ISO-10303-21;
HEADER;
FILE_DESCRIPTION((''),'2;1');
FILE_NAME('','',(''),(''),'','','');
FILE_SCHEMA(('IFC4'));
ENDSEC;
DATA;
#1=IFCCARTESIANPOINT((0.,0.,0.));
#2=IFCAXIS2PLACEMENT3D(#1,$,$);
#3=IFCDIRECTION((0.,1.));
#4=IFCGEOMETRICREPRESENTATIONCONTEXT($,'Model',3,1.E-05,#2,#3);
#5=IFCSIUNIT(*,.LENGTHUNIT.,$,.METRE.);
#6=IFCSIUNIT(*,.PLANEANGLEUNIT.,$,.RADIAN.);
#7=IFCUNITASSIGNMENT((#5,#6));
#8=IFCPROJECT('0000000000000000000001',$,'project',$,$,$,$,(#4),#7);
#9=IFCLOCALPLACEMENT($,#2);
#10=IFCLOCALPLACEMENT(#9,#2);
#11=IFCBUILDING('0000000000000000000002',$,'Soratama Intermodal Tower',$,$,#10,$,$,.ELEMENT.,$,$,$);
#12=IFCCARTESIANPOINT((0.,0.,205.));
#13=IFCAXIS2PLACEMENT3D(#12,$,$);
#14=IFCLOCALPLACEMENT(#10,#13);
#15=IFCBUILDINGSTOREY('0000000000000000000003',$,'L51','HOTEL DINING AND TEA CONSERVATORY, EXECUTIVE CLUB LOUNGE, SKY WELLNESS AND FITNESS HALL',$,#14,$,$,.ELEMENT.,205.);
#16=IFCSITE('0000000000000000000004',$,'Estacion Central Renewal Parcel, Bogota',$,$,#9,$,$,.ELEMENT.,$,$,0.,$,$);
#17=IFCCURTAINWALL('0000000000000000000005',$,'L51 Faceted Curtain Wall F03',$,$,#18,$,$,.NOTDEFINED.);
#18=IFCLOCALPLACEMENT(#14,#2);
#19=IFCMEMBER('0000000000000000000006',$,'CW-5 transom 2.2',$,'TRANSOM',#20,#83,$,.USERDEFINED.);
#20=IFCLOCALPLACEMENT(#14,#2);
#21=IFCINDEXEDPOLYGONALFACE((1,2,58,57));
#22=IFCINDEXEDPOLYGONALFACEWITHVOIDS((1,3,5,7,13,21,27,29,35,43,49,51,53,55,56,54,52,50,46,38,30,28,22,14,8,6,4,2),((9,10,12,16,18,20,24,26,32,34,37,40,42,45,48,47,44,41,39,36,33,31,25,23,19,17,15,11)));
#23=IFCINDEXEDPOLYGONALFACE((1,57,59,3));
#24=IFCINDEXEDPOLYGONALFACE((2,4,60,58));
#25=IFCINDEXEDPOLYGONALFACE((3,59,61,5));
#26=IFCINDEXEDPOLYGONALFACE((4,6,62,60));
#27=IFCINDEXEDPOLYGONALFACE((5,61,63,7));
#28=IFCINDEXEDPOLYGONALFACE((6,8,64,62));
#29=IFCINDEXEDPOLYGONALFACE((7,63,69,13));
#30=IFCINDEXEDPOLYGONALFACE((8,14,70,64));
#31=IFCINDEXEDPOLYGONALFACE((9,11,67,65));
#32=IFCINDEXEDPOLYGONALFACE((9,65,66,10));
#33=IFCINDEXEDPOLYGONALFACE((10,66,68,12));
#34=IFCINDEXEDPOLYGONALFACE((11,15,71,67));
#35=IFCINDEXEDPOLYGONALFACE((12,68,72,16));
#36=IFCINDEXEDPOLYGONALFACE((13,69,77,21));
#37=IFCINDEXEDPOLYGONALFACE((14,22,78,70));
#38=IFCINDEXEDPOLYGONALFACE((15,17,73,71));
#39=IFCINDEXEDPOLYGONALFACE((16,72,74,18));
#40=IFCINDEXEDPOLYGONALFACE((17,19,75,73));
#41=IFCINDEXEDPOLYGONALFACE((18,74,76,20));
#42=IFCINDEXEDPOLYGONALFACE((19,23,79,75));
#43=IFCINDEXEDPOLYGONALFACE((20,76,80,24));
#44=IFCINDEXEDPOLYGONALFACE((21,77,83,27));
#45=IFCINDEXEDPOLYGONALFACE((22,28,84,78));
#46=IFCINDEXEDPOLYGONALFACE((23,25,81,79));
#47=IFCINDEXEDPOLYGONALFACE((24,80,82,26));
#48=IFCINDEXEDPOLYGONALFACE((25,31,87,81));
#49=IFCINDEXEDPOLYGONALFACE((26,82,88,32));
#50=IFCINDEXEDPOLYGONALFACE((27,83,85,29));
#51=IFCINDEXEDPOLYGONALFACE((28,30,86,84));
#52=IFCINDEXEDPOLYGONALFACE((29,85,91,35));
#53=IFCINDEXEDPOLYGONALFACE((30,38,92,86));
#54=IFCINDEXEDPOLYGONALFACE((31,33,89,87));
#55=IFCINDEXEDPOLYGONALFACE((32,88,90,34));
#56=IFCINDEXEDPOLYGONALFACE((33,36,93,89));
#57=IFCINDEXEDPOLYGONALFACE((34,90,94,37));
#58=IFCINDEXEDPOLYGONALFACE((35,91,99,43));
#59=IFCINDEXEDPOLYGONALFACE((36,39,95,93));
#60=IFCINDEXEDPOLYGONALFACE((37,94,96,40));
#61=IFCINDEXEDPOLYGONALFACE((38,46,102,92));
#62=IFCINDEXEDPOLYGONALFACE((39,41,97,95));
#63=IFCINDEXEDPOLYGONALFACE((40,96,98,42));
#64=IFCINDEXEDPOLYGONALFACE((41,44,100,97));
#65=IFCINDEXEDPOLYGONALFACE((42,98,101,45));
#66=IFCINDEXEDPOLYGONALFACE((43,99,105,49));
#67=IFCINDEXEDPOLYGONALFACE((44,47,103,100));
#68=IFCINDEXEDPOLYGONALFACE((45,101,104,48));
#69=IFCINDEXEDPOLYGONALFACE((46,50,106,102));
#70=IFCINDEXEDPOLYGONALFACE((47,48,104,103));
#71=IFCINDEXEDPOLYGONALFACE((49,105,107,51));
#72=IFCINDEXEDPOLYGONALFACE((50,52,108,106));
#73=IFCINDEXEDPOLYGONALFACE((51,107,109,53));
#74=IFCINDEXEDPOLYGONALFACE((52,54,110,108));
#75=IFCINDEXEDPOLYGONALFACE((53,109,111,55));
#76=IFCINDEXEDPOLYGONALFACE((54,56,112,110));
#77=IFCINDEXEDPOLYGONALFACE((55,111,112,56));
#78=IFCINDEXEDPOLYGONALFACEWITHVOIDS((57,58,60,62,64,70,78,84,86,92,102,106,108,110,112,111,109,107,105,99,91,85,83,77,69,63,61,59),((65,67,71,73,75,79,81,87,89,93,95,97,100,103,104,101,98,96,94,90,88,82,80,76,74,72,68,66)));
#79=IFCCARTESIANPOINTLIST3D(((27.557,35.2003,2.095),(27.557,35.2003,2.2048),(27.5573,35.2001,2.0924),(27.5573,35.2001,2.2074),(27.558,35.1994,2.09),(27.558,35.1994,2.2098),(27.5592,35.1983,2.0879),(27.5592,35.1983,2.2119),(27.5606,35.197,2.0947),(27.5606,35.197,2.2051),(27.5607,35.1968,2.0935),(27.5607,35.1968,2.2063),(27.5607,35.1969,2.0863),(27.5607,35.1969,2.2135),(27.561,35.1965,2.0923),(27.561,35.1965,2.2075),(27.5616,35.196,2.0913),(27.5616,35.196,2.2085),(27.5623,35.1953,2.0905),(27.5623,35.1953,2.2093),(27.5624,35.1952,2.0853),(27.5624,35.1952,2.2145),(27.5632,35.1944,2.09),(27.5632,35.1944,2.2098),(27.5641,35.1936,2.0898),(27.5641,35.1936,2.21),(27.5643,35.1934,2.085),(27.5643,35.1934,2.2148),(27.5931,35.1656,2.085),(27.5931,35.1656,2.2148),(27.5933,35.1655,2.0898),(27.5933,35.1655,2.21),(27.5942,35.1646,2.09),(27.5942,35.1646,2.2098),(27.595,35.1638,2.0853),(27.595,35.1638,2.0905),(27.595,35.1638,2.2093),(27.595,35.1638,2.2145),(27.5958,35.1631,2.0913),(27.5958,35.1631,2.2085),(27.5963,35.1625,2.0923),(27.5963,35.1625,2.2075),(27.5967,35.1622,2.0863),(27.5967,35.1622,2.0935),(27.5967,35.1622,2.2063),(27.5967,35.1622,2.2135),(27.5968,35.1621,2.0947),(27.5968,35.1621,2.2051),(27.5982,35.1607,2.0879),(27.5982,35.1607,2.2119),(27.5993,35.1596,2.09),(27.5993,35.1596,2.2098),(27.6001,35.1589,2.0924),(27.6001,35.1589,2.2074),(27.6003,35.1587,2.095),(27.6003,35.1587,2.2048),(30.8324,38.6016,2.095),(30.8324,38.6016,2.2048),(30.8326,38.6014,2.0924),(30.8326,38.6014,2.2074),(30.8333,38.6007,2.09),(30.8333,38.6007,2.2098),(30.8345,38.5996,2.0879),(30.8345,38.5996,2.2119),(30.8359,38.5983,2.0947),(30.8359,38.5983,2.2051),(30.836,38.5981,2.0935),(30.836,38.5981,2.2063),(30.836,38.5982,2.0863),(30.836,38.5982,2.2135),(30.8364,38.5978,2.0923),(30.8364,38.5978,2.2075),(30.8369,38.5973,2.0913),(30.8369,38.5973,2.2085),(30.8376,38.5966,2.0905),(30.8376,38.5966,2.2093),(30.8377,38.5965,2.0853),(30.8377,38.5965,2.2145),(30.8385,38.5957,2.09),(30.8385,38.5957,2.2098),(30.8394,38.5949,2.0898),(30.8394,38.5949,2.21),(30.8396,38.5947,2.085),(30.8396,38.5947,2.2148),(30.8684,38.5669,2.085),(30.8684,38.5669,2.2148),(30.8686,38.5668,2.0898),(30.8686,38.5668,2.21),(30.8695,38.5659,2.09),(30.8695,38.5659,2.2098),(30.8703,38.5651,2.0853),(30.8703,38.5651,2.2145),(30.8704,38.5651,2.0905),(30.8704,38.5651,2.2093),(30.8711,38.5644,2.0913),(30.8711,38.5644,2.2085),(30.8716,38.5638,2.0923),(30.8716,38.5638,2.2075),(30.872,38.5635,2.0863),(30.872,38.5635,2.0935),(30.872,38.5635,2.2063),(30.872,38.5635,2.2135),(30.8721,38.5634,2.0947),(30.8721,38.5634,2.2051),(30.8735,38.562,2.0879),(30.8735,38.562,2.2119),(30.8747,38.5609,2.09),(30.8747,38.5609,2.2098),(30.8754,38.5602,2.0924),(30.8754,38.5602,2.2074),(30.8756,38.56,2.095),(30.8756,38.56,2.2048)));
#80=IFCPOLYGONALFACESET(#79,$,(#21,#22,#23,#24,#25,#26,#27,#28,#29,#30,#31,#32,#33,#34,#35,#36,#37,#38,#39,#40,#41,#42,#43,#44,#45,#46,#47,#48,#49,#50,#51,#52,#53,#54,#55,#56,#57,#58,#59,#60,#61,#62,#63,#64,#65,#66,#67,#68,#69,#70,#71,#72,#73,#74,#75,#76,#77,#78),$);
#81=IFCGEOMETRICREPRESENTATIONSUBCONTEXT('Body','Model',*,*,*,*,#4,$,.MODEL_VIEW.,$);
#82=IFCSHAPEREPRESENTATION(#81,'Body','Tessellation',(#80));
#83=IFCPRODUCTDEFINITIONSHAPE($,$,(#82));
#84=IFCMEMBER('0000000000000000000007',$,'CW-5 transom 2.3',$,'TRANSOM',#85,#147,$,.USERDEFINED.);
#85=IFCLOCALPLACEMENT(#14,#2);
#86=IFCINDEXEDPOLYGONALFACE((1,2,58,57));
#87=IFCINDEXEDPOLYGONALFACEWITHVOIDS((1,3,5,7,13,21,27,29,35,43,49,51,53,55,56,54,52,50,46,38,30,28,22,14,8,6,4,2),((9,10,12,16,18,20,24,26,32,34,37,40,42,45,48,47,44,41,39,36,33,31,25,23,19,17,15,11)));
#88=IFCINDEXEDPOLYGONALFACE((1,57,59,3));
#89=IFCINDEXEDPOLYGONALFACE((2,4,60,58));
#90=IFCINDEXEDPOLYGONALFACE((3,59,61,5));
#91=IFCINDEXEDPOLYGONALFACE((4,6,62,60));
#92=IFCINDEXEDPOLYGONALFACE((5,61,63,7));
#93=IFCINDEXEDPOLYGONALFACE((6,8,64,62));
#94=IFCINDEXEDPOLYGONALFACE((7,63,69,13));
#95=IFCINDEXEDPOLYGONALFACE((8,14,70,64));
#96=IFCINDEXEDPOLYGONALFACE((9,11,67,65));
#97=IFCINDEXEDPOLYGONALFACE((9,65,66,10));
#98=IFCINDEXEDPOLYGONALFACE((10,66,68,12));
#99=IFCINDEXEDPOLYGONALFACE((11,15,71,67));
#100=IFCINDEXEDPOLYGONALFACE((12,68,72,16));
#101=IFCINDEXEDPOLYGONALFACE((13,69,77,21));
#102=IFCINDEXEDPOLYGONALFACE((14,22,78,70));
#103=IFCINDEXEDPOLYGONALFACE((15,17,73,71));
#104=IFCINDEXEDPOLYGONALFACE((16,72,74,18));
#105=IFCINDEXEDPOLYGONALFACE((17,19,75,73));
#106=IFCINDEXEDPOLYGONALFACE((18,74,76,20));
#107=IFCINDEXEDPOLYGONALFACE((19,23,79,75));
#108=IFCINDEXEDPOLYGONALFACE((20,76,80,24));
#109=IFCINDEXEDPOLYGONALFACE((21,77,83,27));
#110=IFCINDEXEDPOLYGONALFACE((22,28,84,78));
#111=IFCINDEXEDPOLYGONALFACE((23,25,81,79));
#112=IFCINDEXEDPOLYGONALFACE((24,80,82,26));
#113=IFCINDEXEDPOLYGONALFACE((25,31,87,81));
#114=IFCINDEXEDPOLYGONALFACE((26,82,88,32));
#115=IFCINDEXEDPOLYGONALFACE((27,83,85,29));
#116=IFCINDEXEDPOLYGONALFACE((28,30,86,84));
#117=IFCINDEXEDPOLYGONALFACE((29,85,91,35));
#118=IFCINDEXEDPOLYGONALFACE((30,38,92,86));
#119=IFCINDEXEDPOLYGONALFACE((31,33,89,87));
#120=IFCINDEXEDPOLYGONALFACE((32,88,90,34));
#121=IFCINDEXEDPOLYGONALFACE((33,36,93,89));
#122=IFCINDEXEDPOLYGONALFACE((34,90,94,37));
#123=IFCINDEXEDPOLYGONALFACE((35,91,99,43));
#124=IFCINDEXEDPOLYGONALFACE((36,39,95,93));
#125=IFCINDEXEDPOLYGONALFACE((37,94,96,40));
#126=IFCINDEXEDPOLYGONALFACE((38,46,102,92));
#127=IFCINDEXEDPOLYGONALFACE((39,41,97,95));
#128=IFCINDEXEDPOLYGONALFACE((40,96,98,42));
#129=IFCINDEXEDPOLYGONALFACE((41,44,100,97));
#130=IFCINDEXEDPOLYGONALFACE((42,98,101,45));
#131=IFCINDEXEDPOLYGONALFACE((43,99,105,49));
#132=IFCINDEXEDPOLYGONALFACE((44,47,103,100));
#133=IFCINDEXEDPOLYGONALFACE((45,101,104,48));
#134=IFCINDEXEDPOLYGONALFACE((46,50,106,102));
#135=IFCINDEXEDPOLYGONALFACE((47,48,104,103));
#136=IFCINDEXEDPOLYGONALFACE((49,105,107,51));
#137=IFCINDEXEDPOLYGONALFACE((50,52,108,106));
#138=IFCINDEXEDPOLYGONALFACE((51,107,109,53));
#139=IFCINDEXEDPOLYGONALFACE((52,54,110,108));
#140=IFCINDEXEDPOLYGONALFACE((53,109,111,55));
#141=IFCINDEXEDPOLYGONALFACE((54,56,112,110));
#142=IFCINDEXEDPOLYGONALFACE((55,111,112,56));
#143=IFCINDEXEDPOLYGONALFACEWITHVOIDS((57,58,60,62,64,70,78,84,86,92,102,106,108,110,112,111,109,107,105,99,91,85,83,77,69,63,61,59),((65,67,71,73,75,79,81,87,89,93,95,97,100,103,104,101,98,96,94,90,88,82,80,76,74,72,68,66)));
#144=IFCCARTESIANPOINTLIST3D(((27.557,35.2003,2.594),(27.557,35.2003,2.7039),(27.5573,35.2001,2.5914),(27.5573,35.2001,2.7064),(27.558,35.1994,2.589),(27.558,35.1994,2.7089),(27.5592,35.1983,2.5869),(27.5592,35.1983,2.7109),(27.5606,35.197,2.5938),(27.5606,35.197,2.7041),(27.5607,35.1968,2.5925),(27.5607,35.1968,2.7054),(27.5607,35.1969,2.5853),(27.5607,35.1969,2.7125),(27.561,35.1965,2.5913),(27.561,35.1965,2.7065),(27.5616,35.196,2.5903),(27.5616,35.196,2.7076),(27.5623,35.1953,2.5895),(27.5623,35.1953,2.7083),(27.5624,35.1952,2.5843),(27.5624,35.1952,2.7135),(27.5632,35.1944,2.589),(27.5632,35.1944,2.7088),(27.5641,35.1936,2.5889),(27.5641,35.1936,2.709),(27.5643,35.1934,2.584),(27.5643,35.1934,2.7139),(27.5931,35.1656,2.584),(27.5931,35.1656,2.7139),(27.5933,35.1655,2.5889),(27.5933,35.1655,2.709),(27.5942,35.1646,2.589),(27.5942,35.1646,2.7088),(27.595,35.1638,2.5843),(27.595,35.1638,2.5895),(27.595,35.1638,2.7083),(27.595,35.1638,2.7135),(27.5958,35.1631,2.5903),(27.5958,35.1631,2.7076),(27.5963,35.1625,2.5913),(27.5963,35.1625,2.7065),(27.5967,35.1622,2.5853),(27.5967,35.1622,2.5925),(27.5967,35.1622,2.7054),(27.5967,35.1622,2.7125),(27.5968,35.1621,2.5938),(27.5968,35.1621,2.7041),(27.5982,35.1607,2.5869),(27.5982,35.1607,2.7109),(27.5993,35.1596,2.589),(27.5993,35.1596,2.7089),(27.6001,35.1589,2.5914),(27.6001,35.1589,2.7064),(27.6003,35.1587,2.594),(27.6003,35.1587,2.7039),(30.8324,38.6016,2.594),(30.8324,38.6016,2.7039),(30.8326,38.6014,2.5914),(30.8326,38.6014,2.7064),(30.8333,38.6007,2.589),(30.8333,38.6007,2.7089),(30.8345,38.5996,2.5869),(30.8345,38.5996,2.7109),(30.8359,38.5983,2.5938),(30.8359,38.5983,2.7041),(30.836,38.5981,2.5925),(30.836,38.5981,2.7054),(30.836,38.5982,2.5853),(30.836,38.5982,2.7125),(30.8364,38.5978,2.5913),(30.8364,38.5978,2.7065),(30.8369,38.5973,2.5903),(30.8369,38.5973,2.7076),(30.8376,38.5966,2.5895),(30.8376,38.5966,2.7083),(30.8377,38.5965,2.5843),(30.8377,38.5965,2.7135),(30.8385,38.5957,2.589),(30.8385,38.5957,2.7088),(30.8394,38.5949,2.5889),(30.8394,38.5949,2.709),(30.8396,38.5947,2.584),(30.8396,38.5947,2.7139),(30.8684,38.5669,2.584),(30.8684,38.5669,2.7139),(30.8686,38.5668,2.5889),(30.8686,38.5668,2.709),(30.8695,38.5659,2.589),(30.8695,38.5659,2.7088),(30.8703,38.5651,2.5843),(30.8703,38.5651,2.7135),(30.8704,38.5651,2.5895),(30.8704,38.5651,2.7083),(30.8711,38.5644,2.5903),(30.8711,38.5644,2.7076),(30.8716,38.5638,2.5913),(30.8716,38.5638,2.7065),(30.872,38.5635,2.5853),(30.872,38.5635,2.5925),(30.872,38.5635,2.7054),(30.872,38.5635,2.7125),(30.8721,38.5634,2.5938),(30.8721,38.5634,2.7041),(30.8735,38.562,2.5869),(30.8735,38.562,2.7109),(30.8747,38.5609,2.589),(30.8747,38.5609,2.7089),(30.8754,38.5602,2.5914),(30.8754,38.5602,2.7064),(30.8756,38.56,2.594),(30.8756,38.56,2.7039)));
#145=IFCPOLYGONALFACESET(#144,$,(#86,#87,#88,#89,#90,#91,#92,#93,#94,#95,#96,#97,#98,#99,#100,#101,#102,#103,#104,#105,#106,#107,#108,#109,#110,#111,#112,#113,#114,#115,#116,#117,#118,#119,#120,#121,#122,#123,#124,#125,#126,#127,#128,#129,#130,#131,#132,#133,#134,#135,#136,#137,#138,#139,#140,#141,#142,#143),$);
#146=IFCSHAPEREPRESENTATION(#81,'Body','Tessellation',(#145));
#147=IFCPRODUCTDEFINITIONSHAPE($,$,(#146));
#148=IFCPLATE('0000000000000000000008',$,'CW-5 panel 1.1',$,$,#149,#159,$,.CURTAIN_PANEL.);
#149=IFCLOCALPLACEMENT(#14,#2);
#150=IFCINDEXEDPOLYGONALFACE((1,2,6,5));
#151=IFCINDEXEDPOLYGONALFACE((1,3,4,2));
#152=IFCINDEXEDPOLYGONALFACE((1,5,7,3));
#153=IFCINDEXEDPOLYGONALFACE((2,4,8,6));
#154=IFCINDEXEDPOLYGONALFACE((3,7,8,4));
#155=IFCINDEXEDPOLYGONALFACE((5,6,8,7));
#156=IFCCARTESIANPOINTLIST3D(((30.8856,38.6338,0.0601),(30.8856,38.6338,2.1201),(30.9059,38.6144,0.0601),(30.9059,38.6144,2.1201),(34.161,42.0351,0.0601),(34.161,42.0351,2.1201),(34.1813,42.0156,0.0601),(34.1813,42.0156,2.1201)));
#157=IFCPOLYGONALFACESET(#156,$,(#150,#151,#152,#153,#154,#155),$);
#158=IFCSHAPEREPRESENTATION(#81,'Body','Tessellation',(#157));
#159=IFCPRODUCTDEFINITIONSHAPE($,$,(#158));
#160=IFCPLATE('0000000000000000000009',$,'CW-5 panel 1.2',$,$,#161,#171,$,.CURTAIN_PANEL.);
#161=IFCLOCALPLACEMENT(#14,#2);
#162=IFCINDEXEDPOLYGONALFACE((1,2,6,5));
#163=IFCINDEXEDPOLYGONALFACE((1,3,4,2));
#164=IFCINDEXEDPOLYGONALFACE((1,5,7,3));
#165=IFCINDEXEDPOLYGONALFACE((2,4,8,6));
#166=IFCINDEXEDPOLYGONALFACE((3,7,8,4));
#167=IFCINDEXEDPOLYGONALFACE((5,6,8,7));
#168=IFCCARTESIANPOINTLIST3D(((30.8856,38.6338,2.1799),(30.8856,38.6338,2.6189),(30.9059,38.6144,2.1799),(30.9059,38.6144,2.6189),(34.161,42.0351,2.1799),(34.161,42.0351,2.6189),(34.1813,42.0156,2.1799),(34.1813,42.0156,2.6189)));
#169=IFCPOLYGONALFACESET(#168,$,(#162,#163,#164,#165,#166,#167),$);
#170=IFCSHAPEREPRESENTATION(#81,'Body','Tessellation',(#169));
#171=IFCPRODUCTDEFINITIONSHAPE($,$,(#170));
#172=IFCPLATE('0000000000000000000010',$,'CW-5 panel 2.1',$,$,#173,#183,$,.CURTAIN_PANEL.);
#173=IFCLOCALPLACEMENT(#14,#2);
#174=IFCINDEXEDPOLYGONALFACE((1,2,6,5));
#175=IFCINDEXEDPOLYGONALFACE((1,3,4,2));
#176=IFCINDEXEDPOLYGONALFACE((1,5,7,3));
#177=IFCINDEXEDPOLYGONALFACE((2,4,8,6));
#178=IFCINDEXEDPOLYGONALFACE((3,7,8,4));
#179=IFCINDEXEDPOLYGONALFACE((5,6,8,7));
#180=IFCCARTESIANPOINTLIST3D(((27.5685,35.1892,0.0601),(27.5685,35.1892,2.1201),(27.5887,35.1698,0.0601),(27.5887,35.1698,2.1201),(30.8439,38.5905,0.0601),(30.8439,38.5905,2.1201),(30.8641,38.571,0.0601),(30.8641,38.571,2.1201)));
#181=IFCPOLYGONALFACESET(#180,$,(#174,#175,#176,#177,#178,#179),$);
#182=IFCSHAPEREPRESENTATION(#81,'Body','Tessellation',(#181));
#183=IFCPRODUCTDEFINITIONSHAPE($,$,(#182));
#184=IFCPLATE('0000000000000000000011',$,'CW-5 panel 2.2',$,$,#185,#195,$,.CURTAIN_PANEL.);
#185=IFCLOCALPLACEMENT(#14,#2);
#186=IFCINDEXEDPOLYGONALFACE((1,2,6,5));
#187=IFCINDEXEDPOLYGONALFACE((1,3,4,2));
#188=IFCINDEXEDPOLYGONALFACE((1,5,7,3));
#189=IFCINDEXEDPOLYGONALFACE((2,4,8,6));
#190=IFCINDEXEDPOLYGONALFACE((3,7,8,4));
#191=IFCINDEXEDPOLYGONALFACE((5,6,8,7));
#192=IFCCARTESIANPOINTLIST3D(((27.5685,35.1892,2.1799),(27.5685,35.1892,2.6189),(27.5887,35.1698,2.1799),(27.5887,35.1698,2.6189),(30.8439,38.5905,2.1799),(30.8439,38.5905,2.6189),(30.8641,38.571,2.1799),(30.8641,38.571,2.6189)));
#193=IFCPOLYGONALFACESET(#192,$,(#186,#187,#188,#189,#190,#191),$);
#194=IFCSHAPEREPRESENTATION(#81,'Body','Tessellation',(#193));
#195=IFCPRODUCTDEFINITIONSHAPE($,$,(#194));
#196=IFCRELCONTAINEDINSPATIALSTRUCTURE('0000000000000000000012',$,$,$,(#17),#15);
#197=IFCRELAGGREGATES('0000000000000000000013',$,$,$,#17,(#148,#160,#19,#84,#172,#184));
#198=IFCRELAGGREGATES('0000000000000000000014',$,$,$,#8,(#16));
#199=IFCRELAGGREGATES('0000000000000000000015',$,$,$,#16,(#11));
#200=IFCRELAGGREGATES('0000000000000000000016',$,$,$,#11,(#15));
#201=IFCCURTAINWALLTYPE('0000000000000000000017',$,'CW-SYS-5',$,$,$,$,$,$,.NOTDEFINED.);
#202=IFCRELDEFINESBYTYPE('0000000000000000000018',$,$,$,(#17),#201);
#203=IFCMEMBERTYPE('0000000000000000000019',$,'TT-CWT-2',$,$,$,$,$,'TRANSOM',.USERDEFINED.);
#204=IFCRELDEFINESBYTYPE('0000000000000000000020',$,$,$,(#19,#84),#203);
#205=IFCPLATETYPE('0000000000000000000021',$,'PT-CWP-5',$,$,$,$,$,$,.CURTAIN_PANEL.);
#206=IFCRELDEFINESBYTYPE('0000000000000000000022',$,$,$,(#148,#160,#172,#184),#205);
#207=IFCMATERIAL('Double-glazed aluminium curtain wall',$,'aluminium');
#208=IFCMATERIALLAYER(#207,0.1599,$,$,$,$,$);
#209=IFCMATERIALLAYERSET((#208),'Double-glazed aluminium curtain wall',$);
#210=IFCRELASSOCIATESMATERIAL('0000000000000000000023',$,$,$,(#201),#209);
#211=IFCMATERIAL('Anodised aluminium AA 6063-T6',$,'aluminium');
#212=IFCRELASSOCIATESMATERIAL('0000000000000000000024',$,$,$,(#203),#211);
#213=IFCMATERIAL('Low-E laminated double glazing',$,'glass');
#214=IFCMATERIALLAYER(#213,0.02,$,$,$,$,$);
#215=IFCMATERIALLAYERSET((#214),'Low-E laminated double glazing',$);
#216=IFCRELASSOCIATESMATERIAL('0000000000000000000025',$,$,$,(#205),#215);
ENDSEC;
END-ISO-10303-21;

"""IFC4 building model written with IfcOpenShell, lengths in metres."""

from ifc_helpers import new_model, si_unit, direction, frame, origin, origin_2d, place, context, subcontext, project, spatial, rectangle, hollow_rectangle, extrude, material, layer, layer_set, material_profile, profile_set, type_object, element, aggregate, save


model = new_model("IFC4")

# Units and contexts
model_context = context("Model", 3, precision=1e-05, world=origin(), true_north=direction((0.0, 1.0)))
body_context = subcontext(model_context, "Body", "Model", "MODEL_VIEW")
ifc_project = project(units=[si_unit("LENGTHUNIT", "METRE"), si_unit("PLANEANGLEUNIT", "RADIAN")], contexts=[model_context])

# Site, building, storey
site_placement = place(None, origin())
site = spatial("IfcSite", under=ifc_project, at=site_placement, Name="Estacion Central Renewal Parcel, Bogota", CompositionType="ELEMENT", RefElevation=0.0)
building_placement = place(site_placement, origin())
building = spatial("IfcBuilding", under=site, at=building_placement, Name="Soratama Intermodal Tower", CompositionType="ELEMENT")
storey_placement = place(building_placement, frame((0.0, 0.0, 205.0)))
storey = spatial("IfcBuildingStorey", under=building, at=storey_placement, Name="L51", Description="HOTEL DINING AND TEA CONSERVATORY, EXECUTIVE CLUB LOUNGE, SKY WELLNESS AND FITNESS HALL", CompositionType="ELEMENT", Elevation=205.0)

# Curtain wall, members, plates
ifc_material_1 = material(Name="Double-glazed aluminium curtain wall", Category="aluminium")
ifc_layer_1 = layer(ifc_material_1, 0.1599)
ifc_layer_set_1 = layer_set([ifc_layer_1], Name="Double-glazed aluminium curtain wall")
curtain_wall_type = type_object("IfcCurtainWallType", Name="CW-SYS-5", PredefinedType="NOTDEFINED", material=ifc_layer_set_1)
curtain_wall_placement = place(storey_placement, origin())
curtain_wall = element("IfcCurtainWall", 1, at=curtain_wall_placement, inside=storey, type_object=curtain_wall_type, Name="L51 Faceted Curtain Wall F03", PredefinedType="NOTDEFINED")
ifc_material_2 = material(Name="Anodised aluminium AA 6063-T6", Category="aluminium")
ifc_material_profile_1 = material_profile(ifc_material_2, hollow_rectangle(XDim=0.0601, YDim=0.1299, WallThickness=0.0049, InnerFilletRadius=0.0049, OuterFilletRadius=0.01, at=origin_2d()), Name="CWT130X60X5")
ifc_profile_set_1 = profile_set([ifc_material_profile_1], Name="Anodised aluminium AA 6063-T6")
member_type_1 = type_object("IfcMemberType", Name="TT-CWT-2", ElementType="TRANSOM", PredefinedType="USERDEFINED", material=ifc_profile_set_1)
member_1_placement = place(storey_placement, frame((30.854, 38.5808, 2.1499), z_axis=(-0.693642, -0.72032, 0.0), x_axis=(0.72032, -0.693642, 0.0)))
member_1 = element("IfcMember", 2, at=member_1_placement, type_object=member_type_1, Name="CW-5 transom 2.2", ObjectType="TRANSOM", PredefinedType="USERDEFINED", context=body_context, shape_type="SweptSolid", body=[
    extrude(hollow_rectangle(XDim=0.0601, YDim=0.1299, WallThickness=0.0049, InnerFilletRadius=0.0049, OuterFilletRadius=0.01, at=origin_2d()), origin(), (0.0, 0.0, 1.0), 4.7219),
])
member_2_placement = place(storey_placement, frame((30.854, 38.5808, 2.6489), z_axis=(-0.693642, -0.72032, 0.0), x_axis=(0.72032, -0.693642, 0.0)))
member_2 = element("IfcMember", 3, at=member_2_placement, type_object=member_type_1, Name="CW-5 transom 2.3", ObjectType="TRANSOM", PredefinedType="USERDEFINED", context=body_context, shape_type="SweptSolid", body=[
    extrude(hollow_rectangle(XDim=0.0601, YDim=0.1299, WallThickness=0.0049, InnerFilletRadius=0.0049, OuterFilletRadius=0.01, at=origin_2d()), origin(), (0.0, 0.0, 1.0), 4.7219),
])
ifc_material_3 = material(Name="Low-E laminated double glazing", Category="glass")
ifc_layer_2 = layer(ifc_material_3, 0.02)
ifc_layer_set_2 = layer_set([ifc_layer_2], Name="Low-E laminated double glazing")
plate_type = type_object("IfcPlateType", Name="PT-CWP-5", PredefinedType="CURTAIN_PANEL", material=ifc_layer_set_2)
plate_1_placement = place(storey_placement, frame((32.5334, 40.3247, 0.0601), z_axis=(0.0, 0.0, 1.0), x_axis=(-0.693655, -0.720307, 0.0)))
plate_1 = element("IfcPlate", 4, at=plate_1_placement, type_object=plate_type, Name="CW-5 panel 1.1", PredefinedType="CURTAIN_PANEL", context=body_context, shape_type="SweptSolid", body=[
    extrude(rectangle(XDim=4.7219, YDim=0.0281, at=origin_2d()), origin(), (0.0, 0.0, 1.0), 2.0601),
])
plate_2_placement = place(storey_placement, frame((32.5334, 40.3247, 2.1799), z_axis=(0.0, 0.0, 1.0), x_axis=(-0.693655, -0.720307, 0.0)))
plate_2 = element("IfcPlate", 5, at=plate_2_placement, type_object=plate_type, Name="CW-5 panel 1.2", PredefinedType="CURTAIN_PANEL", context=body_context, shape_type="SweptSolid", body=[
    extrude(rectangle(XDim=4.7219, YDim=0.0281, at=origin_2d()), origin(), (0.0, 0.0, 1.0), 0.439),
])
plate_3_placement = place(storey_placement, frame((29.2163, 36.8801, 0.0601), z_axis=(0.0, 0.0, 1.0), x_axis=(-0.693655, -0.720307, 0.0)))
plate_3 = element("IfcPlate", 6, at=plate_3_placement, type_object=plate_type, Name="CW-5 panel 2.1", PredefinedType="CURTAIN_PANEL", context=body_context, shape_type="SweptSolid", body=[
    extrude(rectangle(XDim=4.7219, YDim=0.0281, at=origin_2d()), origin(), (0.0, 0.0, 1.0), 2.0601),
])
plate_4_placement = place(storey_placement, frame((29.2163, 36.8801, 2.1799), z_axis=(0.0, 0.0, 1.0), x_axis=(-0.693655, -0.720307, 0.0)))
plate_4 = element("IfcPlate", 7, at=plate_4_placement, type_object=plate_type, Name="CW-5 panel 2.2", PredefinedType="CURTAIN_PANEL", context=body_context, shape_type="SweptSolid", body=[
    extrude(rectangle(XDim=4.7219, YDim=0.0281, at=origin_2d()), origin(), (0.0, 0.0, 1.0), 0.439),
])
aggregate(curtain_wall, [plate_1, plate_2, member_1, member_2, plate_3, plate_4])

save(model, "model.ifc")
